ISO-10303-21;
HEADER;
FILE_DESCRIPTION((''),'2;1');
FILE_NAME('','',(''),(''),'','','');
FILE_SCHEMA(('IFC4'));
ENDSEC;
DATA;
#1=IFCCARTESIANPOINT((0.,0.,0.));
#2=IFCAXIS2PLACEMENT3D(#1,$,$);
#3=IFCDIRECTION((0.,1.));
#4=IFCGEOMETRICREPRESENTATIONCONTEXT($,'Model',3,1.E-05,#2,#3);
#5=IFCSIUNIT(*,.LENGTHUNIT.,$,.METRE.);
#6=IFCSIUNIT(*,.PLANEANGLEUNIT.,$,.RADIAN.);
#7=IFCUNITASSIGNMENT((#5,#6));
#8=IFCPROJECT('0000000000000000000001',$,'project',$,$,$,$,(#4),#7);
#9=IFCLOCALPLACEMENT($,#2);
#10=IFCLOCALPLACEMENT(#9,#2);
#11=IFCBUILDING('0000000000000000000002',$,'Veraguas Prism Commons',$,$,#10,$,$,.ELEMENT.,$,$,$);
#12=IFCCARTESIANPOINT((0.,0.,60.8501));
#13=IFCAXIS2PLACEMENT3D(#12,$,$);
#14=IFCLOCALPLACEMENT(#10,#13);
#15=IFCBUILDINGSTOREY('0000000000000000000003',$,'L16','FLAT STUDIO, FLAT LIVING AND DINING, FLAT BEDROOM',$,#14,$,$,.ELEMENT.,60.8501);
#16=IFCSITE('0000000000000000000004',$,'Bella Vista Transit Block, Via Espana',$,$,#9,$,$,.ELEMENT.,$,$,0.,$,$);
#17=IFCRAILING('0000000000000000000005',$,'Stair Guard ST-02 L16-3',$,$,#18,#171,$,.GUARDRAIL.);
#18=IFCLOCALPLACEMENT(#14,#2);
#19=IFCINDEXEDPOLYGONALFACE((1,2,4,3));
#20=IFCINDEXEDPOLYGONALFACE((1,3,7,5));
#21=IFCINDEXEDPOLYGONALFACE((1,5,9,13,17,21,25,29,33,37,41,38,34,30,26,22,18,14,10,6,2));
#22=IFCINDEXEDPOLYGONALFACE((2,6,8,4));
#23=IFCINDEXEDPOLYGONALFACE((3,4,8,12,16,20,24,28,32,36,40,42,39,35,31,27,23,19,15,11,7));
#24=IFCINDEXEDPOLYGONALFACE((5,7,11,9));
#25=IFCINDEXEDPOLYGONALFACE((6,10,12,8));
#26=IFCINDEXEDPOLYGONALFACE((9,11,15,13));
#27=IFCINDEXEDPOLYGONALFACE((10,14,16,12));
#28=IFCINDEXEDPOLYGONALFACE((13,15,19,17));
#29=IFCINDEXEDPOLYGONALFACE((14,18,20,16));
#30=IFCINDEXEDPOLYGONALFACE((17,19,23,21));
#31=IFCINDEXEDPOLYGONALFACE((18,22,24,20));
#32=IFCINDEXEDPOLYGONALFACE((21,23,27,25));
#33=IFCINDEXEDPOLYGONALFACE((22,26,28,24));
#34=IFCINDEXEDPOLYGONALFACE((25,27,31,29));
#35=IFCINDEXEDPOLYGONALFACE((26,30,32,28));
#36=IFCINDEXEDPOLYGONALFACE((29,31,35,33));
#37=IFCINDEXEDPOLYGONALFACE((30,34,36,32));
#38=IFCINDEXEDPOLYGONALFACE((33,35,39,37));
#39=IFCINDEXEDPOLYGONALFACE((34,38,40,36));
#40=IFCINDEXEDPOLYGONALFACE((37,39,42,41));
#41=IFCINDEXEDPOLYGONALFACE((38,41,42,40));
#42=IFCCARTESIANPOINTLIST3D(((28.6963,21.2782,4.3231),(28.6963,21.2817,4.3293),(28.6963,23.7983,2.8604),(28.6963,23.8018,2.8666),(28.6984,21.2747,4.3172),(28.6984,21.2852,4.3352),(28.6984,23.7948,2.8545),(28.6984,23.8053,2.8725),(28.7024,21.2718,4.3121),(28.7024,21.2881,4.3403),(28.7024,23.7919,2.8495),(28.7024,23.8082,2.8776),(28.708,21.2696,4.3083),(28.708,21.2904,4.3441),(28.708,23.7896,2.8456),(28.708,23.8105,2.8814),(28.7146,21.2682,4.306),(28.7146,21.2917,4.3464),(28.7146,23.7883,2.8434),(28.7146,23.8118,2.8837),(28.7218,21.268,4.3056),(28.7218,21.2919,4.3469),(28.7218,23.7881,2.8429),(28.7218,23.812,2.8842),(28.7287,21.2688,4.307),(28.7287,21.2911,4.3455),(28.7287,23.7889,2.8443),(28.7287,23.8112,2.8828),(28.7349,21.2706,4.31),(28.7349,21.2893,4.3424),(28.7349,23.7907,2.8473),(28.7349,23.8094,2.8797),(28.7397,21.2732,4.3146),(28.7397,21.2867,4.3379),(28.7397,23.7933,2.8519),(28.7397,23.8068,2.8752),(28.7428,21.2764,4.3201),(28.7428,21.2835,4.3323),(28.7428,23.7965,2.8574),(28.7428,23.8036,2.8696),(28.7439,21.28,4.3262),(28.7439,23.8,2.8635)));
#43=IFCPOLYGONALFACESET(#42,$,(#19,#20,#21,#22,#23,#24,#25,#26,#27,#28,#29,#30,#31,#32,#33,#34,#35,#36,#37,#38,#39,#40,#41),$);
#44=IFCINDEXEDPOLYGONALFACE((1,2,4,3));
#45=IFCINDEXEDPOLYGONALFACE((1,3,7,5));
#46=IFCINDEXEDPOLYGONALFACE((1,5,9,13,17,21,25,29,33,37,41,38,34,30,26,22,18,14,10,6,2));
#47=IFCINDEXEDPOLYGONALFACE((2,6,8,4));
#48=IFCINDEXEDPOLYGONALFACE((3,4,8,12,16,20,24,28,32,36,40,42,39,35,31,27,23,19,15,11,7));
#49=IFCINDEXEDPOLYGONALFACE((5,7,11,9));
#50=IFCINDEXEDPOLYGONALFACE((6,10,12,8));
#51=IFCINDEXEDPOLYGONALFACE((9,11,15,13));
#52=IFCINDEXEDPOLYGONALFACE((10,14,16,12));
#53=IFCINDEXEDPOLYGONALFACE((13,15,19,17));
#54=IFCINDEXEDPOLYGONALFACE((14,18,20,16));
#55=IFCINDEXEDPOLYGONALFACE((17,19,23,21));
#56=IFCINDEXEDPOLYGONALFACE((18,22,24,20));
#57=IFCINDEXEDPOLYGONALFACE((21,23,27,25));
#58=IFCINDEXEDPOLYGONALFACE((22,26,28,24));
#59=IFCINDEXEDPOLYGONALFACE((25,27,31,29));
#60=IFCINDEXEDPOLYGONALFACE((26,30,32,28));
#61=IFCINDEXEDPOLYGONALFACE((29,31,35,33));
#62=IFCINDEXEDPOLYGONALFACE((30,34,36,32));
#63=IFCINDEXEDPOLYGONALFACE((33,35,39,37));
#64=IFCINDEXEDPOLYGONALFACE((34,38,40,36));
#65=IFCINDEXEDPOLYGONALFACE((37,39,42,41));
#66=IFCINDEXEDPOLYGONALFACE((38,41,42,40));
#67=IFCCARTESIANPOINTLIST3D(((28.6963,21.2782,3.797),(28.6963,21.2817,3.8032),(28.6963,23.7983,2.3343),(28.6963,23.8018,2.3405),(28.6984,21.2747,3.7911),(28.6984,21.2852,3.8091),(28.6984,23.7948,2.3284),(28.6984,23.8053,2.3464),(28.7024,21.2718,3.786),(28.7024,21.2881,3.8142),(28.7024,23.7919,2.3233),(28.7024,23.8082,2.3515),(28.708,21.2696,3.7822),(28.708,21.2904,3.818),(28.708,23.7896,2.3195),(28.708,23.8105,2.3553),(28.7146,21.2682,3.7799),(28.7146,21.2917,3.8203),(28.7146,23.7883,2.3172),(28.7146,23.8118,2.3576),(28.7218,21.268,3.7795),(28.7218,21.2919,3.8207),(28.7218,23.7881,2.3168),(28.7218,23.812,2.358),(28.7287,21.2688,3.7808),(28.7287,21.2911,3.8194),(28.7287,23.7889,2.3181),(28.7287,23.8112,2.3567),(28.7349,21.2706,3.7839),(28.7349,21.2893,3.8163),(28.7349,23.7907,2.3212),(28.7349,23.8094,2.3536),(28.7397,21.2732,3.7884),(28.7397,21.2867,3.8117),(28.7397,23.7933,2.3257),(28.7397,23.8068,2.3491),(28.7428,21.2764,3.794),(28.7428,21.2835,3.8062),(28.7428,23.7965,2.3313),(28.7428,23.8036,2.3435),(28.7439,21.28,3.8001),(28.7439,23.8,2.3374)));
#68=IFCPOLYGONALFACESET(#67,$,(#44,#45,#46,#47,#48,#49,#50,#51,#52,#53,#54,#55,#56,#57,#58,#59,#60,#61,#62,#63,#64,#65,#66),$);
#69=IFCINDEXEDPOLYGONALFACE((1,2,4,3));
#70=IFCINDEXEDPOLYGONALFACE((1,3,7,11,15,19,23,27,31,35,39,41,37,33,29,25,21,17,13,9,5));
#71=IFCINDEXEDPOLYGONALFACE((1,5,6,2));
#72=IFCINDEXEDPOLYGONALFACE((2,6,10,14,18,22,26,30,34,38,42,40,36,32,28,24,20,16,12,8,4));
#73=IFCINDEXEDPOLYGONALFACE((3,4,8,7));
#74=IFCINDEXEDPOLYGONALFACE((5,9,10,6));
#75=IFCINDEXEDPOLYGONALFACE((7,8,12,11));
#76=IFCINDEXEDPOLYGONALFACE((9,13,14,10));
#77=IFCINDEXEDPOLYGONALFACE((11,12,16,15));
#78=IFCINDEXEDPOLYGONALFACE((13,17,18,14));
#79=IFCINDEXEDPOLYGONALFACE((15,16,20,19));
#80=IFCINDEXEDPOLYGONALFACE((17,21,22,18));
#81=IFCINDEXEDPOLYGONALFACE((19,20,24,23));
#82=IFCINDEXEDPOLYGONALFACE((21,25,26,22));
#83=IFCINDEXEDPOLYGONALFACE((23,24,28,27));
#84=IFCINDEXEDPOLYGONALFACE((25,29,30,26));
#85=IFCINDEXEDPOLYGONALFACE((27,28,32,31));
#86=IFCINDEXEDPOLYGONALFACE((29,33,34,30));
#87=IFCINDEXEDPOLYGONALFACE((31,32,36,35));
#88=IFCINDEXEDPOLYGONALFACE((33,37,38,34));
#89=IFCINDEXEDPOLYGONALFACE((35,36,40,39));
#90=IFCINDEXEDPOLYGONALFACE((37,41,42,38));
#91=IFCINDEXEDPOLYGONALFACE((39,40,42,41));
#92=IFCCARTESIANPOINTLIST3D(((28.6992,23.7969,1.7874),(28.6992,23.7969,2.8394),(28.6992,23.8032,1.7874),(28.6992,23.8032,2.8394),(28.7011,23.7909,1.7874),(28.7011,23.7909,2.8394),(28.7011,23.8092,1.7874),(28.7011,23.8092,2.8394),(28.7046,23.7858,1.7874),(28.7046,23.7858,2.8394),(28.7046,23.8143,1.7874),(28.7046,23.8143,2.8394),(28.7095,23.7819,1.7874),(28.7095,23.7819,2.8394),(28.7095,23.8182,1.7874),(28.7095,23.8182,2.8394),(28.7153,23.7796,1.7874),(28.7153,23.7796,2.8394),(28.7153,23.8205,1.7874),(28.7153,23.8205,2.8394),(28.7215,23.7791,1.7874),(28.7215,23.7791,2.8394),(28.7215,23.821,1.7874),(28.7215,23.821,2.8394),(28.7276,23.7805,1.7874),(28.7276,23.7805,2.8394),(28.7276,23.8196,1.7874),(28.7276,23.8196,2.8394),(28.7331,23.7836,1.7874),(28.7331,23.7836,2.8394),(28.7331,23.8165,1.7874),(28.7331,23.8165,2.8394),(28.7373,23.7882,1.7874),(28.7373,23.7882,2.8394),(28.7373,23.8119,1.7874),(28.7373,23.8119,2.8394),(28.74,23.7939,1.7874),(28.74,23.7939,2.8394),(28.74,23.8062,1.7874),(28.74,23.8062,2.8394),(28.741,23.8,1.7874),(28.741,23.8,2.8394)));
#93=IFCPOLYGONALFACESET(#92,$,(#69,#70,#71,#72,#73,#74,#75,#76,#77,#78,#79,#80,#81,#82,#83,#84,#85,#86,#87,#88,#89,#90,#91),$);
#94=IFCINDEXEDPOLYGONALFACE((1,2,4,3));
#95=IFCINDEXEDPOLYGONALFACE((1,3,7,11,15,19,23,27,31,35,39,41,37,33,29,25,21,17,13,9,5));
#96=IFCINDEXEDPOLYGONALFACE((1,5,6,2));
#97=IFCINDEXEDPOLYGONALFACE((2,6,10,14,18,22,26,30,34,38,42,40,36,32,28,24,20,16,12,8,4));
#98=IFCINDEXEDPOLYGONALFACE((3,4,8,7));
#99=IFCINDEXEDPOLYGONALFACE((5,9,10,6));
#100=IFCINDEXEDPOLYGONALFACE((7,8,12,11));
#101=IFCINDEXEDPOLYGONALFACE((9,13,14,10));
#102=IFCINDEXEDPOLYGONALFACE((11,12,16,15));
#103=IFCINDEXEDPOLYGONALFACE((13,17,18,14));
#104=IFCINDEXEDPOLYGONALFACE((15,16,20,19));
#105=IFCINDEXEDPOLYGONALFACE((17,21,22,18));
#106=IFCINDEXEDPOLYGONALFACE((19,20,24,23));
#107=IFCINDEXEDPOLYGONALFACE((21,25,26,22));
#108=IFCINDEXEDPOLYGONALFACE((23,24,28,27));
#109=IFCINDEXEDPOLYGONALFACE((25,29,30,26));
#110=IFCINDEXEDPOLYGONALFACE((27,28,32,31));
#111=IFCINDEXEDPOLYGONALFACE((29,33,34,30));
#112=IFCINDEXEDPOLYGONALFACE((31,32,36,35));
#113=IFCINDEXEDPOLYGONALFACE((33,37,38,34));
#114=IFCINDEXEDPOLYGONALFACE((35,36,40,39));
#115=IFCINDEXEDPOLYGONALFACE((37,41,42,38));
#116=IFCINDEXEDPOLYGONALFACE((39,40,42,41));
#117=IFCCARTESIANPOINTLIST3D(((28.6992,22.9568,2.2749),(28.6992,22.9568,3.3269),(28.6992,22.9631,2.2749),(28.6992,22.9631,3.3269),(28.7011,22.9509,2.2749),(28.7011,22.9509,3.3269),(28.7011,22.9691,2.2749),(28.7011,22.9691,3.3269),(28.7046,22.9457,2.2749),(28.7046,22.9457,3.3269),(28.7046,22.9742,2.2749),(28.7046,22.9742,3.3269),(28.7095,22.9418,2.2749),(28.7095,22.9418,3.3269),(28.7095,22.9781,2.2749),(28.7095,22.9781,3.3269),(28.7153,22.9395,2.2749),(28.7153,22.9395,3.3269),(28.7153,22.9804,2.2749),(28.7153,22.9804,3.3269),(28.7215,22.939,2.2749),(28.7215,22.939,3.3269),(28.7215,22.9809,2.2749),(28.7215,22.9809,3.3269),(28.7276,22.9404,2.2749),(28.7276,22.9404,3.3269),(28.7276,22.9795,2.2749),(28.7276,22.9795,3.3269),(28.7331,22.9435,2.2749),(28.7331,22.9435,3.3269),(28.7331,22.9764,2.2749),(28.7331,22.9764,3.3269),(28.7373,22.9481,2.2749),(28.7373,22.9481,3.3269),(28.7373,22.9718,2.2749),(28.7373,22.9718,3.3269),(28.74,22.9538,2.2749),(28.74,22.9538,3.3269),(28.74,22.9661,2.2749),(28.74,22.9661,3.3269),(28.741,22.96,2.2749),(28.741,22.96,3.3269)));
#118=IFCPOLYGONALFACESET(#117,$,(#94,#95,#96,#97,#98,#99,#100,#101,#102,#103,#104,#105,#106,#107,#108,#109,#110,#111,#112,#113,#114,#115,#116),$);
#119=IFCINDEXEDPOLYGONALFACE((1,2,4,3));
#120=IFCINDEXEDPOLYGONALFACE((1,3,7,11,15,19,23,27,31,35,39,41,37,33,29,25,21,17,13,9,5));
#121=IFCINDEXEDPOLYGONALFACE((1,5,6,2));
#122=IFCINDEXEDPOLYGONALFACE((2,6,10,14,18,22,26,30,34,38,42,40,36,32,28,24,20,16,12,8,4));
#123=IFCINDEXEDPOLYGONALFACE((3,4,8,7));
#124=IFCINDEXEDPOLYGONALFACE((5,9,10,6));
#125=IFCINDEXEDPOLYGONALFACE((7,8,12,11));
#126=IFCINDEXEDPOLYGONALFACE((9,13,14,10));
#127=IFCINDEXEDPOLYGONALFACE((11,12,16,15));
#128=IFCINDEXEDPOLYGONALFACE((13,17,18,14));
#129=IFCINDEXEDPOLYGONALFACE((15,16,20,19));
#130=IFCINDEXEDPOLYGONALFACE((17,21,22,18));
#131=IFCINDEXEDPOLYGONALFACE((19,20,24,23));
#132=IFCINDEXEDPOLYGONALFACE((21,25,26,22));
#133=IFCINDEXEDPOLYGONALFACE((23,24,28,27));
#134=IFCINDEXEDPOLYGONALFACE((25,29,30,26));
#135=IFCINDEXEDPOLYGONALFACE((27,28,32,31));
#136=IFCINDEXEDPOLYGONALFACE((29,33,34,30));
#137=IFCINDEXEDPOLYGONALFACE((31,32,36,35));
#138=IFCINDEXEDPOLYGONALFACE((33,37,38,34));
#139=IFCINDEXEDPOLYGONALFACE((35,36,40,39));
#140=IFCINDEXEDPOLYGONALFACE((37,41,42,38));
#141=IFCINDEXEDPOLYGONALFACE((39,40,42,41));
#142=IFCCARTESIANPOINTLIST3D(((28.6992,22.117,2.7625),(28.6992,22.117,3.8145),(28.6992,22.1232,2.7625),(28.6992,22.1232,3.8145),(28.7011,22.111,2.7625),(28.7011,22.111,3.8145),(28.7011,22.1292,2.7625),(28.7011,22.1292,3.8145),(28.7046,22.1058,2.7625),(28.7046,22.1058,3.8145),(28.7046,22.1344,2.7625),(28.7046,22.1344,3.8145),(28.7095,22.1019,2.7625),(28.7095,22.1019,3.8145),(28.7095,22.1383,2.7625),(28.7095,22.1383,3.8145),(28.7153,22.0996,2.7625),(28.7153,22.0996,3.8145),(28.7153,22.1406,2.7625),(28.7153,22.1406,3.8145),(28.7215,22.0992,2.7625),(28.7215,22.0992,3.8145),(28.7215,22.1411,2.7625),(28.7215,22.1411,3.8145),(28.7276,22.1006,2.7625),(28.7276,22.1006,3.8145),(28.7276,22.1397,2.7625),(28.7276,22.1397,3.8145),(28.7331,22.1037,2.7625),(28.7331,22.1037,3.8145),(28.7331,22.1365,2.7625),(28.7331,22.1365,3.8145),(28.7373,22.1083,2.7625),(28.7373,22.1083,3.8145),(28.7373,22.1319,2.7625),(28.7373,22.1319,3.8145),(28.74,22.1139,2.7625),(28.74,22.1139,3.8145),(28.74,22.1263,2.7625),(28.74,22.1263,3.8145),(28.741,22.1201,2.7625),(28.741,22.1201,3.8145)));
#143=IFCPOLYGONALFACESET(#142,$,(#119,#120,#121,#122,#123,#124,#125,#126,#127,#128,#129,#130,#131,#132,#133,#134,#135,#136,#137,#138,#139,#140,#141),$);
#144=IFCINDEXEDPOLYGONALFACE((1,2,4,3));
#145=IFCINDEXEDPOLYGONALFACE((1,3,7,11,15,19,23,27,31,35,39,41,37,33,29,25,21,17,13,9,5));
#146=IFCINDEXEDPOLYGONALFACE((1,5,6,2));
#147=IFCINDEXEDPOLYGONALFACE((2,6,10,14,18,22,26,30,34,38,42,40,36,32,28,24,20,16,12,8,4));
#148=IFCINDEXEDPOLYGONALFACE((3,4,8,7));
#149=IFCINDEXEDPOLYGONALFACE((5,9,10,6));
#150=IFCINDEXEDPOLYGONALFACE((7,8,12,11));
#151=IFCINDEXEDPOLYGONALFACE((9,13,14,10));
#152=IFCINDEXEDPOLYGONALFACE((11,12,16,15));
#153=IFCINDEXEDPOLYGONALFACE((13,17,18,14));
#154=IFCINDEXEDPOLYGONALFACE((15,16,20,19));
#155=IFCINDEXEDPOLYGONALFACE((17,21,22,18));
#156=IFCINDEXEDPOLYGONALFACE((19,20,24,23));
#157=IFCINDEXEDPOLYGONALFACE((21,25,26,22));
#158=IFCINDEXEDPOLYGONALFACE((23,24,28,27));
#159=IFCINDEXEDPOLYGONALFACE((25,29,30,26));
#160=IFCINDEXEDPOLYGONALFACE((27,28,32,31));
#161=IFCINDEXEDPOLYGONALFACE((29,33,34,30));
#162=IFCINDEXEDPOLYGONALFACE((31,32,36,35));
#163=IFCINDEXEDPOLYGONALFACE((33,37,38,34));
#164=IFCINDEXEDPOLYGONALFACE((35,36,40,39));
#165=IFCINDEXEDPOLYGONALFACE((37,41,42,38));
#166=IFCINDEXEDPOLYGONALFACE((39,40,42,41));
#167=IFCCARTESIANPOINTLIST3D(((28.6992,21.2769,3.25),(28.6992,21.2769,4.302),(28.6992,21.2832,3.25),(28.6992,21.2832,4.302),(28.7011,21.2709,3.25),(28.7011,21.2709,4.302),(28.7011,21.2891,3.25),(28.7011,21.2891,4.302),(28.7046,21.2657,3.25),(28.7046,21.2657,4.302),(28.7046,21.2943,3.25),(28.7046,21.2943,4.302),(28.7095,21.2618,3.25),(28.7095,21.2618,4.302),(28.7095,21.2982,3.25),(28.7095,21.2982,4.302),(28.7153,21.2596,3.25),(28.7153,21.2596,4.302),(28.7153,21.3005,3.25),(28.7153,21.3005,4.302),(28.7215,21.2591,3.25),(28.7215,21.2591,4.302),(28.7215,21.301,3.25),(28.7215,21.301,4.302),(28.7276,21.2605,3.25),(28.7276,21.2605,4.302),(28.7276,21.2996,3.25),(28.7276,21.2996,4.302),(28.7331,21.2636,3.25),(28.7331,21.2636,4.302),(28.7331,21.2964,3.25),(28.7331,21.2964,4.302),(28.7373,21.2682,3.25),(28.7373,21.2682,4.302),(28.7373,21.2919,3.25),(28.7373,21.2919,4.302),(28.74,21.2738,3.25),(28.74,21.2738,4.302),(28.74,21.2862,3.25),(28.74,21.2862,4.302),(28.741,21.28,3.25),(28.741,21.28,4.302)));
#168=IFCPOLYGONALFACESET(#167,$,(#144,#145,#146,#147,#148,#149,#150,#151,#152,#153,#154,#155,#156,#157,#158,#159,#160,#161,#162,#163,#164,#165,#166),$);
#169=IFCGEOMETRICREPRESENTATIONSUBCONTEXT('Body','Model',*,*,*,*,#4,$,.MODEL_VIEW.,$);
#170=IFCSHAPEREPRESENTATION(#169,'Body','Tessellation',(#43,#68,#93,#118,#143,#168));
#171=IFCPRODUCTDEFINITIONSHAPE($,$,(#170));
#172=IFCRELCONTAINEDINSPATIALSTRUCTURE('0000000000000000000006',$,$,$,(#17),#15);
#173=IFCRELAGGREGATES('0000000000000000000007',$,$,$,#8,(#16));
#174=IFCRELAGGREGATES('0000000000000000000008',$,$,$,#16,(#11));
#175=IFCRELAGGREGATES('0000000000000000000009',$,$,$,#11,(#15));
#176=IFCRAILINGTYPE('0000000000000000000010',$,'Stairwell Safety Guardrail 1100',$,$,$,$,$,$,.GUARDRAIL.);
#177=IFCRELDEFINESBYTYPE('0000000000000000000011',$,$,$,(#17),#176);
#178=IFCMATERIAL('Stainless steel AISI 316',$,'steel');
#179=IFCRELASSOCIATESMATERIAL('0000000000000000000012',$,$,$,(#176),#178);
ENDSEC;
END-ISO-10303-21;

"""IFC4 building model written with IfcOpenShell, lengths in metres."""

from ifc_helpers import new_model, si_unit, direction, frame, origin, origin_2d, place, context, subcontext, project, spatial, circle, extrude, material, type_object, element, save


model = new_model("IFC4")

# Units and contexts
model_context = context("Model", 3, precision=1e-05, world=origin(), true_north=direction((0.0, 1.0)))
body_context = subcontext(model_context, "Body", "Model", "MODEL_VIEW")
ifc_project = project(units=[si_unit("LENGTHUNIT", "METRE"), si_unit("PLANEANGLEUNIT", "RADIAN")], contexts=[model_context])

# Site, building, storey
site_placement = place(None, origin())
site = spatial("IfcSite", under=ifc_project, at=site_placement, Name="Bella Vista Transit Block, Via Espana", CompositionType="ELEMENT", RefElevation=0.0)
building_placement = place(site_placement, origin())
building = spatial("IfcBuilding", under=site, at=building_placement, Name="Veraguas Prism Commons", CompositionType="ELEMENT")
storey_placement = place(building_placement, frame((0.0, 0.0, 60.8501)))
storey = spatial("IfcBuildingStorey", under=building, at=storey_placement, Name="L16", Description="FLAT STUDIO, FLAT LIVING AND DINING, FLAT BEDROOM", CompositionType="ELEMENT", Elevation=60.8501)

# Shared definitions
ifc_material_1 = material(Name="Stainless steel AISI 316", Category="steel")

# Railing
railing_type_1 = type_object("IfcRailingType", Name="Stairwell Safety Guardrail 1100", PredefinedType="GUARDRAIL", material=ifc_material_1)
railing_1_placement = place(storey_placement, frame((28.72, 23.8, 1.7874)))
element("IfcRailing", 1, at=railing_1_placement, inside=storey, type_object=railing_type_1, Name="Stair Guard ST-02 L16-3", PredefinedType="GUARDRAIL", context=body_context, shape_type="SweptSolid", body=[
    extrude(circle(Radius=0.0239, at=origin_2d()), frame((0.0, 0.0, 1.0762), z_axis=(0.0, -0.864877, 0.501984), x_axis=(1.0, 0.0, 0.0)), (0.0, 0.0, 1.0), 2.9138),
    extrude(circle(Radius=0.0239, at=origin_2d()), frame((0.0, 0.0, 0.55), z_axis=(0.0, -0.864877, 0.501984), x_axis=(1.0, 0.0, 0.0)), (0.0, 0.0, 1.0), 2.9138),
    extrude(circle(Radius=0.021, at=origin_2d()), origin(), (0.0, 0.0, 1.0), 1.052),
    extrude(circle(Radius=0.021, at=origin_2d()), frame((0.0, -0.8401, 0.4875)), (0.0, 0.0, 1.0), 1.052),
    extrude(circle(Radius=0.021, at=origin_2d()), frame((0.0, -1.6799, 0.9751)), (0.0, 0.0, 1.0), 1.052),
    extrude(circle(Radius=0.021, at=origin_2d()), frame((0.0, -2.52, 1.4626)), (0.0, 0.0, 1.0), 1.052),
])

save(model, "model.ifc")
